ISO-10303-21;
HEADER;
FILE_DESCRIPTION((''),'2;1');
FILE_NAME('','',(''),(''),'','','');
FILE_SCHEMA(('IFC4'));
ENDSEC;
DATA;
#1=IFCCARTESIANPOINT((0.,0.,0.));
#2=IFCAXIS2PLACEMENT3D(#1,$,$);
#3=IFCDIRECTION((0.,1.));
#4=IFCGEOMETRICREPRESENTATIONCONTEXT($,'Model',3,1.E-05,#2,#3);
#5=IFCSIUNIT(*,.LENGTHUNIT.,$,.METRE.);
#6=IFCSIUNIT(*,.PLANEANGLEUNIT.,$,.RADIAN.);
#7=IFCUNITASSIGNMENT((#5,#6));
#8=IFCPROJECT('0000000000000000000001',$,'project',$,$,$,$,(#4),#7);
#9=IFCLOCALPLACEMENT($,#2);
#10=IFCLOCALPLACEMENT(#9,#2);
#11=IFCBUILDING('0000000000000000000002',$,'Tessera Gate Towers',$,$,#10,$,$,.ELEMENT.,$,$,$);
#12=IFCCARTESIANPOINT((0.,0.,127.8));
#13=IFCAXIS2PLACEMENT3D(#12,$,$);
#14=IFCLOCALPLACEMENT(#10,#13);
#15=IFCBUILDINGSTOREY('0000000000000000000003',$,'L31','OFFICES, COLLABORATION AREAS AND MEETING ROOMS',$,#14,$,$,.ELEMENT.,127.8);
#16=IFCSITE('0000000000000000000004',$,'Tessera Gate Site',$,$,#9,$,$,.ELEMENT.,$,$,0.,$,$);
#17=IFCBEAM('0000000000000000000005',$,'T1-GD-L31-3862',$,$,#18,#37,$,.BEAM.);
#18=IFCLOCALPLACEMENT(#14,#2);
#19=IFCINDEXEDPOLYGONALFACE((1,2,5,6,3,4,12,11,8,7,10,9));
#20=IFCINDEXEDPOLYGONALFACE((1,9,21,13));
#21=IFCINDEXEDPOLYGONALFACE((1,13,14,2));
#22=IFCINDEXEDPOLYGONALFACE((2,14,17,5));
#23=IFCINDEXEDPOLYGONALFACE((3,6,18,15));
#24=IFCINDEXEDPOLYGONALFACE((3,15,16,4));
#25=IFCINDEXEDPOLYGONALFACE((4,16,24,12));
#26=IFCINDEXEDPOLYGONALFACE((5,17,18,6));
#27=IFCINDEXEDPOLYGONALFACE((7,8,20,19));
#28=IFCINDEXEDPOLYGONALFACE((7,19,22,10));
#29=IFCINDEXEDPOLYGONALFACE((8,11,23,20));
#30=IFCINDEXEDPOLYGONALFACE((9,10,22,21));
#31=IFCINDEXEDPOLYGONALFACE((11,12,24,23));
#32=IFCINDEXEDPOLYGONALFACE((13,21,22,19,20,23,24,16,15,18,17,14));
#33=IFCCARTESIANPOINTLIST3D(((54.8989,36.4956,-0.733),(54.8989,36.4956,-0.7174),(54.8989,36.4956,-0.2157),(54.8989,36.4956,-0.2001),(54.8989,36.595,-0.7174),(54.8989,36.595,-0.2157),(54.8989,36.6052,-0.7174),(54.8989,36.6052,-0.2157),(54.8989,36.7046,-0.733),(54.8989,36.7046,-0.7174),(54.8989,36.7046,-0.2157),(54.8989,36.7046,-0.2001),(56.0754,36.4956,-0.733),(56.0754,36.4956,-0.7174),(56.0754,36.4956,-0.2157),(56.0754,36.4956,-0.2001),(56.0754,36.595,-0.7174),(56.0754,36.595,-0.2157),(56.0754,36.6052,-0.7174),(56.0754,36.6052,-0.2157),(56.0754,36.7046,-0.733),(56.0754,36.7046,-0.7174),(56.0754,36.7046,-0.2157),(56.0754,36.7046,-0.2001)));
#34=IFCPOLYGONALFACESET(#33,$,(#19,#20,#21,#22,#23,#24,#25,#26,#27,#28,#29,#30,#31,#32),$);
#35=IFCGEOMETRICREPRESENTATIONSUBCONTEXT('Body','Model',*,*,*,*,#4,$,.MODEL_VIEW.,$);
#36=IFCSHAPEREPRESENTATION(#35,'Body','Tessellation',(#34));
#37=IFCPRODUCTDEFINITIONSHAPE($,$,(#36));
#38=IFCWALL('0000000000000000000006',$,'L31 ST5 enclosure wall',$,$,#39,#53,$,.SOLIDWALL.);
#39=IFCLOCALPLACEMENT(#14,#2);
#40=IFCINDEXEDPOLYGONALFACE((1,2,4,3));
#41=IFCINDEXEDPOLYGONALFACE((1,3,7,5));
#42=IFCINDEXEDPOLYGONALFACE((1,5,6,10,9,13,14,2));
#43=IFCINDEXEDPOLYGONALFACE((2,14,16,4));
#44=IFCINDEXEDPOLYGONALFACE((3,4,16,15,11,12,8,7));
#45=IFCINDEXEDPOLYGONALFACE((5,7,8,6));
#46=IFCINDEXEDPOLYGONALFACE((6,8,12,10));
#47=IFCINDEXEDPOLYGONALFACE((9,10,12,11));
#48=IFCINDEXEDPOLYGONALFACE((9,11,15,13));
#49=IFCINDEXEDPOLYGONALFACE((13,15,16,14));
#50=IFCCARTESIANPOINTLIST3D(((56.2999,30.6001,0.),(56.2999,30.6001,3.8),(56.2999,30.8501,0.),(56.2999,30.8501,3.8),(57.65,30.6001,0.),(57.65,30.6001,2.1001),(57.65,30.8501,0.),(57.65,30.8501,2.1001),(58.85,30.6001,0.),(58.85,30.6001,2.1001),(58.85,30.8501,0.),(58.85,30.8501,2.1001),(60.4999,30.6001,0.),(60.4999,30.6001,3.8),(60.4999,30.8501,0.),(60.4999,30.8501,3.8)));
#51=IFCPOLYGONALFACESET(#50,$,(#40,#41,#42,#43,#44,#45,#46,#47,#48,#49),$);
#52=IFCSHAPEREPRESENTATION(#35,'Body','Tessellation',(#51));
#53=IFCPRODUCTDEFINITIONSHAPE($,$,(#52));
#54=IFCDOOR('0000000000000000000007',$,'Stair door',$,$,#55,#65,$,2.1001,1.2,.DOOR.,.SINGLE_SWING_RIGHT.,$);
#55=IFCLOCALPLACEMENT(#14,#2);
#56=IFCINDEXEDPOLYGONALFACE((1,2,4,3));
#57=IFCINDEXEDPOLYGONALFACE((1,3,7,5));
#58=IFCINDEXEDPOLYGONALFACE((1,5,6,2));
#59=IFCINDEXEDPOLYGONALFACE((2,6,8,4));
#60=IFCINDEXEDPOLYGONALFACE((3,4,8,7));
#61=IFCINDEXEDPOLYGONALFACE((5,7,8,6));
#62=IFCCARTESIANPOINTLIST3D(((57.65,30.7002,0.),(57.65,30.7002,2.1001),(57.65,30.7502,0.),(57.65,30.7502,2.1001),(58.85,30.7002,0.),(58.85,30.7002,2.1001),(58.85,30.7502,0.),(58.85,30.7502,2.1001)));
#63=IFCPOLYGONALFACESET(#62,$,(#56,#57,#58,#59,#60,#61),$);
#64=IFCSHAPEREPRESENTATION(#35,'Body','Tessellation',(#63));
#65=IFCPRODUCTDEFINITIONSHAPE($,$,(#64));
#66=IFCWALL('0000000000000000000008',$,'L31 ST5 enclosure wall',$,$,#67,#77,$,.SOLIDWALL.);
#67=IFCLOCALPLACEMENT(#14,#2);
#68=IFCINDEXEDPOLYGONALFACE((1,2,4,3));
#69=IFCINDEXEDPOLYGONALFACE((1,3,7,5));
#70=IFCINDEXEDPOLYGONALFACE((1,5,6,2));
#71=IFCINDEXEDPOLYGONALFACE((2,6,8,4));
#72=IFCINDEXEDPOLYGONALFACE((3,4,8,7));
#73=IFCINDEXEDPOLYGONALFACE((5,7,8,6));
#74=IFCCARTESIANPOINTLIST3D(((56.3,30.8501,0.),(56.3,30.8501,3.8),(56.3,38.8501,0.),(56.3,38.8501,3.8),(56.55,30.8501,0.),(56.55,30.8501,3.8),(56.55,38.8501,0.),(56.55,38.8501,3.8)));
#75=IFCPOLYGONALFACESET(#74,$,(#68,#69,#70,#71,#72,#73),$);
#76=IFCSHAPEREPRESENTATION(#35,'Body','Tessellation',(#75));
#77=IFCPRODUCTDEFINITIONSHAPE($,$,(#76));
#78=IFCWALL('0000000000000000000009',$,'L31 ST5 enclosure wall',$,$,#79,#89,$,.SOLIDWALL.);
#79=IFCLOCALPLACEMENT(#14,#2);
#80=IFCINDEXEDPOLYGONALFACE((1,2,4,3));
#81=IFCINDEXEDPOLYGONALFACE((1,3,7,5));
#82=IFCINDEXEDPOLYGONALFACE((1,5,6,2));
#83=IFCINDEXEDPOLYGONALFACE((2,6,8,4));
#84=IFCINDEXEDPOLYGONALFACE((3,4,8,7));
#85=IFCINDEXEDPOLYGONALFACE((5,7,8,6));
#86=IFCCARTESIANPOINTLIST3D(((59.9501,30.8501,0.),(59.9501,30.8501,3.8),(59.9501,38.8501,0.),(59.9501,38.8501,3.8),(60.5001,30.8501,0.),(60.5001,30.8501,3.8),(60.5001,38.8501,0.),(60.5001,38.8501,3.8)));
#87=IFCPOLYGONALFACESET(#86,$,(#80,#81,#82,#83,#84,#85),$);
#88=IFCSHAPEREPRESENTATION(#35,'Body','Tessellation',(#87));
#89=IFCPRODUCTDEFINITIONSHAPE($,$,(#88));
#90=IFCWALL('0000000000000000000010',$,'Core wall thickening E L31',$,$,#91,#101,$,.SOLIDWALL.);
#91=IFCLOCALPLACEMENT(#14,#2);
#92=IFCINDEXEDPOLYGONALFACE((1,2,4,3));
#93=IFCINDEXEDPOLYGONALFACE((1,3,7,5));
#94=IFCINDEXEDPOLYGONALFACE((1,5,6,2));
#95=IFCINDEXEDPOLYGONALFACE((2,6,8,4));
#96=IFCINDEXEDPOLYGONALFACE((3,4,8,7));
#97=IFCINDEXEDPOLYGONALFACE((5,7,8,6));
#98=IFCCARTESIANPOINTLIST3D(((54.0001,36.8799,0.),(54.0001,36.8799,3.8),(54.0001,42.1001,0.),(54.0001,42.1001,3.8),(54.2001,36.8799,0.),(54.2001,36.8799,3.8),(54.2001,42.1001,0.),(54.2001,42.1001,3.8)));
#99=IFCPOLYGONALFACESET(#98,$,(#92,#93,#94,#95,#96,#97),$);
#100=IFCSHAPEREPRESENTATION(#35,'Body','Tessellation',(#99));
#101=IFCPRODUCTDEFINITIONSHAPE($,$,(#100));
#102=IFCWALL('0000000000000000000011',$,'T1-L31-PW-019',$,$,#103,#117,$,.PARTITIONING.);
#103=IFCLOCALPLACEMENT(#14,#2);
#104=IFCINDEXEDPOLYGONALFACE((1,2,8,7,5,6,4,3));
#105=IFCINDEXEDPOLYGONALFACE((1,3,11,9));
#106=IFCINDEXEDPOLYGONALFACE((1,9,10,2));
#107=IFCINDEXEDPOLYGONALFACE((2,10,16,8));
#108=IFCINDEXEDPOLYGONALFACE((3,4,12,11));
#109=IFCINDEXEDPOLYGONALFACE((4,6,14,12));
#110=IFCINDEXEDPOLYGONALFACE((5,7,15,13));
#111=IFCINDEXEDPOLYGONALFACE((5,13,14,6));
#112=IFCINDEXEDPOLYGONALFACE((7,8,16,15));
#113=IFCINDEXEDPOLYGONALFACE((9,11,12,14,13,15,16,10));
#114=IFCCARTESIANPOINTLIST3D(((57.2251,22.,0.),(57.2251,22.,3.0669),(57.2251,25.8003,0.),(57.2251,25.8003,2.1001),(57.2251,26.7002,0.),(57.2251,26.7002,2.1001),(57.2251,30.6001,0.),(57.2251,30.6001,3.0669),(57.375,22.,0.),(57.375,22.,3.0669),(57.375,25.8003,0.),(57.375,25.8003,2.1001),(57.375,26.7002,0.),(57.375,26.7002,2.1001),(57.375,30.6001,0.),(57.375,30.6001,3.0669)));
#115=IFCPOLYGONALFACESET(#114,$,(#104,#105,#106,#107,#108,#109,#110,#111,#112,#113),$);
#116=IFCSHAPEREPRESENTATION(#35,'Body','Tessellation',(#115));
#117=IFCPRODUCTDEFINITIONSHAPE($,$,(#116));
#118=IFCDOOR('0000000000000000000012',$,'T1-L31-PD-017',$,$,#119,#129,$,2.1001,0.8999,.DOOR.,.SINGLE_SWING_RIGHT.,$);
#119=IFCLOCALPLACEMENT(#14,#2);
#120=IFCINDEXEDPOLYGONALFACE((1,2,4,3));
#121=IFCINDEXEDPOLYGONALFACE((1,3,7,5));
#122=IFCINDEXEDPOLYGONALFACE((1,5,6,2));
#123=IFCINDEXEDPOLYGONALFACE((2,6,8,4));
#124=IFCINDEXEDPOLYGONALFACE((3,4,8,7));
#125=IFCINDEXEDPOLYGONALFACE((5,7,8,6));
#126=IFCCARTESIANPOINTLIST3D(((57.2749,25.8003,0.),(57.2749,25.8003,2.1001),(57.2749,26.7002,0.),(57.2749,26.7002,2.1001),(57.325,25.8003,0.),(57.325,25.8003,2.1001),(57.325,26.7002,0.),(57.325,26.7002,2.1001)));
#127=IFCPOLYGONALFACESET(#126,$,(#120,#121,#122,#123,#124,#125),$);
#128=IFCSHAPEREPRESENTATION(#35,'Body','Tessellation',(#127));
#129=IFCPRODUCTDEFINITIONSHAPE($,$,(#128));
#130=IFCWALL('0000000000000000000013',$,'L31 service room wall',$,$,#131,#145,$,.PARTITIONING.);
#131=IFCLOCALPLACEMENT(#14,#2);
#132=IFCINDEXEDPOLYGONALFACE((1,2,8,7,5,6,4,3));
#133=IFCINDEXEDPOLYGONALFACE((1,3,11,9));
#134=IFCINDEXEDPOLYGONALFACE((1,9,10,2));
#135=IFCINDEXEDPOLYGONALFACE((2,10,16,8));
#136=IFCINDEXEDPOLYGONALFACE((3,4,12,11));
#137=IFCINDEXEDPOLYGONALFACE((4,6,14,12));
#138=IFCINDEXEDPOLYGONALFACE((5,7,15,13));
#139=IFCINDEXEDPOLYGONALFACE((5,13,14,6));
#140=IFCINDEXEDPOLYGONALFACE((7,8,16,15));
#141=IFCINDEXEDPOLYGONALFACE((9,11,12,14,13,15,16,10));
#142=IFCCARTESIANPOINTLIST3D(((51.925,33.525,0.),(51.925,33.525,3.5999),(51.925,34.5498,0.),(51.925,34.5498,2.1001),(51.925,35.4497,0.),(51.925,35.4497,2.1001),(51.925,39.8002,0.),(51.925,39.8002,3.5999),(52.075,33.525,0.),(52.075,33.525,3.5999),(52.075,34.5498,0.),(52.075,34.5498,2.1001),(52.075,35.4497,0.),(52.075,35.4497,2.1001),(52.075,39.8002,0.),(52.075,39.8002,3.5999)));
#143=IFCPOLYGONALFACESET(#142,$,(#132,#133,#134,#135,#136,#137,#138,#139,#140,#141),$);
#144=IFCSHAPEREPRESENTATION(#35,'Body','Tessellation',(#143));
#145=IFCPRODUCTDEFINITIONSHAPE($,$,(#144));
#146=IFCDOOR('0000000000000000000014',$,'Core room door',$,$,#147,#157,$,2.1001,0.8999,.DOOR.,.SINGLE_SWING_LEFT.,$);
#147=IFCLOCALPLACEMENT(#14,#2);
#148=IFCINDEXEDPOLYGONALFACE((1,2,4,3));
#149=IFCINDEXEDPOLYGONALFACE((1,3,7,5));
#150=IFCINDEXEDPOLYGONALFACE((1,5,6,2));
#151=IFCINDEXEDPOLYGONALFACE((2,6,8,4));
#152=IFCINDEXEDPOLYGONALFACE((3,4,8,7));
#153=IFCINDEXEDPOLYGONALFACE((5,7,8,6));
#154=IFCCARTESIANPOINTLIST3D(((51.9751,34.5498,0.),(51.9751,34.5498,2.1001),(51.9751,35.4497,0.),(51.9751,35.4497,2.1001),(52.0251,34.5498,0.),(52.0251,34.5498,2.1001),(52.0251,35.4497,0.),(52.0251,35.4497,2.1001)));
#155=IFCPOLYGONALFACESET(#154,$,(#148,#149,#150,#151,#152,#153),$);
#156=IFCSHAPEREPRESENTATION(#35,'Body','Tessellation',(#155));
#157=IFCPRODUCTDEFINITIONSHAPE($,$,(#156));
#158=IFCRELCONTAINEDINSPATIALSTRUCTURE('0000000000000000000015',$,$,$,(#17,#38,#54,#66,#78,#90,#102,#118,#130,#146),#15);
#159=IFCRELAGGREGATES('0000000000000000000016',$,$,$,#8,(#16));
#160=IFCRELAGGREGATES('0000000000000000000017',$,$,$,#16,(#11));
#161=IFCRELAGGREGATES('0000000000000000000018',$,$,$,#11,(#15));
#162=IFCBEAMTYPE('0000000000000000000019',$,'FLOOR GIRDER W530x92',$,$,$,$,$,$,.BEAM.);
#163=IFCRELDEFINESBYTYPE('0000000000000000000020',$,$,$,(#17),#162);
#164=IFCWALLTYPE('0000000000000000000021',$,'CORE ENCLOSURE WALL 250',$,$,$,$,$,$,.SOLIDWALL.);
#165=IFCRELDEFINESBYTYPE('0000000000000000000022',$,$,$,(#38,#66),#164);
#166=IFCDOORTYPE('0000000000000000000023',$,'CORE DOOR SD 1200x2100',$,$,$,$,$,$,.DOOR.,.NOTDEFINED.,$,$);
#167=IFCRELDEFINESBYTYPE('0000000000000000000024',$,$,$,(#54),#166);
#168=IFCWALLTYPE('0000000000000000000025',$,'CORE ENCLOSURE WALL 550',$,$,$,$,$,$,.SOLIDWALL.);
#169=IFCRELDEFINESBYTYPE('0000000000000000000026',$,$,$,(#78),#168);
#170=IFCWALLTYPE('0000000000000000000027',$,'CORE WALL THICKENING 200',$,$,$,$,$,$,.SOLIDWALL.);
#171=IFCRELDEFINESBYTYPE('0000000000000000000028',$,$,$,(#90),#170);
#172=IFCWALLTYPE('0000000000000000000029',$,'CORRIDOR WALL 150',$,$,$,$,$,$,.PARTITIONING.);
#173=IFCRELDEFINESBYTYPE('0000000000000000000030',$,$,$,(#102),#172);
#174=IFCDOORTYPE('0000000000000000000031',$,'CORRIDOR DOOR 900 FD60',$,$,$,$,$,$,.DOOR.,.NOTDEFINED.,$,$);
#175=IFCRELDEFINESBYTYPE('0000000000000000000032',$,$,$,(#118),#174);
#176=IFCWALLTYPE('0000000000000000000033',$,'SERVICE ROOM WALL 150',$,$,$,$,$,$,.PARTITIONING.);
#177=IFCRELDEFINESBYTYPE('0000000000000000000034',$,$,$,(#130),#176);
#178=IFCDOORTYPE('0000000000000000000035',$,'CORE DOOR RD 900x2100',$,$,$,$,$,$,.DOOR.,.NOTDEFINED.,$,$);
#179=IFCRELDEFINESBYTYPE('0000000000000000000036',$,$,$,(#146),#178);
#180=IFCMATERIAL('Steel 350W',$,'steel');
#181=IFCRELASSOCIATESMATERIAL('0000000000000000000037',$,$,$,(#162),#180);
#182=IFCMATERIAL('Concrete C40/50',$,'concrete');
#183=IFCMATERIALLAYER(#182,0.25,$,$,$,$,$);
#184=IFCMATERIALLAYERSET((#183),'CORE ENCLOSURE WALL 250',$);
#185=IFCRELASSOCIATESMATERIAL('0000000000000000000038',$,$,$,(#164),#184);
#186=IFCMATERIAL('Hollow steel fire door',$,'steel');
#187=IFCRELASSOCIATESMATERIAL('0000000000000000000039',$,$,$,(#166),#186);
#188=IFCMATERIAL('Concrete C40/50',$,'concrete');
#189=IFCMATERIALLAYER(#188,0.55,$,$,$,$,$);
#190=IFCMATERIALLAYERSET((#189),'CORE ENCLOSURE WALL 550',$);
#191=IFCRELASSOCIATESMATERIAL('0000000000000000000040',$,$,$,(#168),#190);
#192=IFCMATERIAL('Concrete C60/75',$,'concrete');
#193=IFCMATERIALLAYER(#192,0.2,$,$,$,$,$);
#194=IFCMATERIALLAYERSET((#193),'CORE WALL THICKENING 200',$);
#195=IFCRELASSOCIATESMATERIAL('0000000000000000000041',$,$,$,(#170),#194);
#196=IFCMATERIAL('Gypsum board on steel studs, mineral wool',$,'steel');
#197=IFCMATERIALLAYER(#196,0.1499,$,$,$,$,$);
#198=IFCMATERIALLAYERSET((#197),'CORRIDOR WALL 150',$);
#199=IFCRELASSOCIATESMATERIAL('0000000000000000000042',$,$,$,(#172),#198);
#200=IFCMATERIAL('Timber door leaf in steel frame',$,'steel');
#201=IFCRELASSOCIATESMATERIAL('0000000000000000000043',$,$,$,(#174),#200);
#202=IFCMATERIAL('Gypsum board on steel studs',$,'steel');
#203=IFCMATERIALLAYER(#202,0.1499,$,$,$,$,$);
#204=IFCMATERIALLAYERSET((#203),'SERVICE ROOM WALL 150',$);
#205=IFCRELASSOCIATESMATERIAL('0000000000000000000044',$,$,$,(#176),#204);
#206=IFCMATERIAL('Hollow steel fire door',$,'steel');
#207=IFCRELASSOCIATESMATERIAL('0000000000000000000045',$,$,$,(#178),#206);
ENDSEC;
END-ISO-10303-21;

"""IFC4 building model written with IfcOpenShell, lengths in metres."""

from ifc_helpers import new_model, si_unit, direction, frame, frame_2d, origin, origin_2d, place, context, subcontext, project, spatial, rectangle, i_section, extrude, source, transform, mapped, material, layer, layer_set, material_profile, profile_set, type_object, element, fill, save


model = new_model("IFC4")

# Units and contexts
model_context = context("Model", 3, precision=1e-05, world=origin(), true_north=direction((0.0, 1.0)))
body_context = subcontext(model_context, "Body", "Model", "MODEL_VIEW")
ifc_project = project(units=[si_unit("LENGTHUNIT", "METRE"), si_unit("PLANEANGLEUNIT", "RADIAN")], contexts=[model_context])

# Site, building, storey
site_placement = place(None, origin())
site = spatial("IfcSite", under=ifc_project, at=site_placement, Name="Tessera Gate Site", CompositionType="ELEMENT", RefElevation=0.0)
building_placement = place(site_placement, origin())
building = spatial("IfcBuilding", under=site, at=building_placement, Name="Tessera Gate Towers", CompositionType="ELEMENT")
storey_placement = place(building_placement, frame((0.0, 0.0, 127.8)))
storey = spatial("IfcBuildingStorey", under=building, at=storey_placement, Name="L31", Description="OFFICES, COLLABORATION AREAS AND MEETING ROOMS", CompositionType="ELEMENT", Elevation=127.8)

# Beam
ifc_material_1 = material(Name="Steel 350W", Category="steel")
ifc_material_profile = material_profile(ifc_material_1, i_section(OverallWidth=0.209, OverallDepth=0.533, WebThickness=0.0103, FlangeThickness=0.0156, at=origin_2d()), Name="W530x92")
ifc_profile_set = profile_set([ifc_material_profile], Name="Steel 350W")
beam_type = type_object("IfcBeamType", Name="FLOOR GIRDER W530x92", PredefinedType="BEAM", material=ifc_profile_set)
beam_placement = place(storey_placement, frame((54.8989, 36.6001, -0.4666), z_axis=(1.0, 0.0, 0.0), x_axis=(0.0, 1.0, 0.0)))
element("IfcBeam", 1, at=beam_placement, inside=storey, type_object=beam_type, Name="T1-GD-L31-3862", PredefinedType="BEAM", context=body_context, shape_type="SweptSolid", body=[
    extrude(i_section(OverallWidth=0.209, OverallDepth=0.533, WebThickness=0.0103, FlangeThickness=0.0156, at=origin_2d()), origin(), (0.0, 0.0, 1.0), 1.1765),
])

# Wall, opening, door
ifc_material_2 = material(Name="Concrete C40/50", Category="concrete")
ifc_layer_1 = layer(ifc_material_2, 0.25)
ifc_layer_set_1 = layer_set([ifc_layer_1], Name="CORE ENCLOSURE WALL 250")
wall_type_1 = type_object("IfcWallType", Name="CORE ENCLOSURE WALL 250", PredefinedType="SOLIDWALL", material=ifc_layer_set_1)
wall_1_placement = place(storey_placement, frame((60.5, 30.7251, 0.0), z_axis=(0.0, 0.0, 1.0), x_axis=(-1.0, 0.0, 0.0)))
wall_1 = element("IfcWall", 2, at=wall_1_placement, inside=storey, type_object=wall_type_1, Name="L31 ST5 enclosure wall", PredefinedType="SOLIDWALL", context=body_context, shape_type="SweptSolid", body=[
    extrude(rectangle(XDim=4.2, YDim=0.25, at=frame_2d((2.1001, 0.0))), origin(), (0.0, 0.0, 1.0), 3.8),
])
shared_shape_1 = source(origin(), body_context, "Body", "SweptSolid", [
    extrude(rectangle(XDim=1.2, YDim=2.1001, at=frame_2d((0.6001, 1.05))), frame((0.0, 0.135, 0.0), z_axis=(0.0, -1.0, 0.0), x_axis=(1.0, 0.0, 0.0)), (0.0, 0.0, 1.0), 0.27),
])
opening_1_placement = place(wall_1_placement, frame((1.6499, 0.0, 0.0)))
opening_1 = element("IfcOpeningElement", 3, at=opening_1_placement, cuts=wall_1, PredefinedType="OPENING", context=body_context, shape_type="MappedRepresentation", body=[
    mapped(shared_shape_1, transform((0.0, 0.0, 0.0), scale=1.0)),
])
ifc_material_3 = material(Name="Hollow steel fire door", Category="steel")
door_type_1 = type_object("IfcDoorType", Name="CORE DOOR SD 1200x2100", OperationType="NOTDEFINED", PredefinedType="DOOR", material=ifc_material_3)
shared_shape_2 = source(origin(), body_context, "Body", "SweptSolid", [
    extrude(rectangle(XDim=1.2, YDim=2.1001, at=frame_2d((0.6001, 1.05))), frame((0.0, 0.0249, 0.0), z_axis=(0.0, -1.0, 0.0), x_axis=(1.0, 0.0, 0.0)), (0.0, 0.0, 1.0), 0.05),
])
door_1_placement = place(opening_1_placement, origin())
door_1 = element("IfcDoor", 4, at=door_1_placement, inside=storey, type_object=door_type_1, Name="Stair door", OperationType="SINGLE_SWING_RIGHT", OverallHeight=2.1001, OverallWidth=1.2, PredefinedType="DOOR", context=body_context, shape_type="MappedRepresentation", body=[
    mapped(shared_shape_2, transform((0.0, 0.0, 0.0), scale=1.0)),
])
fill(opening_1, door_1)

# Walls
wall_2_placement = place(storey_placement, frame((56.425, 30.8501, 0.0), z_axis=(0.0, 0.0, 1.0), x_axis=(0.0, 1.0, 0.0)))
element("IfcWall", 5, at=wall_2_placement, inside=storey, type_object=wall_type_1, Name="L31 ST5 enclosure wall", PredefinedType="SOLIDWALL", context=body_context, shape_type="SweptSolid", body=[
    extrude(rectangle(XDim=8.0, YDim=0.25, at=frame_2d((4.0, 0.0))), origin(), (0.0, 0.0, 1.0), 3.8),
])
ifc_material_4 = material(Name="Concrete C40/50", Category="concrete")
ifc_layer_2 = layer(ifc_material_4, 0.55)
ifc_layer_set_2 = layer_set([ifc_layer_2], Name="CORE ENCLOSURE WALL 550")
wall_type_2 = type_object("IfcWallType", Name="CORE ENCLOSURE WALL 550", PredefinedType="SOLIDWALL", material=ifc_layer_set_2)
wall_3_placement = place(storey_placement, frame((60.2251, 38.8501, 0.0), z_axis=(0.0, 0.0, 1.0), x_axis=(0.0, -1.0, 0.0)))
element("IfcWall", 6, at=wall_3_placement, inside=storey, type_object=wall_type_2, Name="L31 ST5 enclosure wall", PredefinedType="SOLIDWALL", context=body_context, shape_type="SweptSolid", body=[
    extrude(rectangle(XDim=8.0, YDim=0.55, at=frame_2d((4.0, 0.0))), origin(), (0.0, 0.0, 1.0), 3.8),
])
ifc_material_5 = material(Name="Concrete C60/75", Category="concrete")
ifc_layer_3 = layer(ifc_material_5, 0.2)
ifc_layer_set_3 = layer_set([ifc_layer_3], Name="CORE WALL THICKENING 200")
wall_type_3 = type_object("IfcWallType", Name="CORE WALL THICKENING 200", PredefinedType="SOLIDWALL", material=ifc_layer_set_3)
wall_4_placement = place(storey_placement, frame((54.1001, 36.8799, 0.0), z_axis=(0.0, 0.0, 1.0), x_axis=(0.0, 1.0, 0.0)))
element("IfcWall", 7, at=wall_4_placement, inside=storey, type_object=wall_type_3, Name="Core wall thickening E L31", PredefinedType="SOLIDWALL", context=body_context, shape_type="SweptSolid", body=[
    extrude(rectangle(XDim=5.2202, YDim=0.2, at=frame_2d((2.6101, 0.0))), origin(), (0.0, 0.0, 1.0), 3.8),
])

# Walls, openings, doors
ifc_material_6 = material(Name="Gypsum board on steel studs, mineral wool", Category="steel")
ifc_layer_4 = layer(ifc_material_6, 0.1499)
ifc_layer_set_4 = layer_set([ifc_layer_4], Name="CORRIDOR WALL 150")
wall_type_4 = type_object("IfcWallType", Name="CORRIDOR WALL 150", PredefinedType="PARTITIONING", material=ifc_layer_set_4)
wall_5_placement = place(storey_placement, frame((57.3, 30.6001, 0.0), z_axis=(0.0, 0.0, 1.0), x_axis=(0.0, -1.0, 0.0)))
wall_5 = element("IfcWall", 8, at=wall_5_placement, inside=storey, type_object=wall_type_4, Name="T1-L31-PW-019", PredefinedType="PARTITIONING", context=body_context, shape_type="SweptSolid", body=[
    extrude(rectangle(XDim=8.6001, YDim=0.1499, at=frame_2d((4.3, 0.0))), origin(), (0.0, 0.0, 1.0), 3.0669),
])
shared_shape_3 = source(origin(), body_context, "Body", "SweptSolid", [
    extrude(rectangle(XDim=0.8999, YDim=2.1001, at=frame_2d((0.45, 1.05))), frame((0.0, 0.085, 0.0), z_axis=(0.0, -1.0, 0.0), x_axis=(1.0, 0.0, 0.0)), (0.0, 0.0, 1.0), 0.1699),
])
opening_2_placement = place(wall_5_placement, frame((3.8999, 0.0, 0.0)))
opening_2 = element("IfcOpeningElement", 9, at=opening_2_placement, cuts=wall_5, PredefinedType="OPENING", context=body_context, shape_type="MappedRepresentation", body=[
    mapped(shared_shape_3, transform((0.0, 0.0, 0.0), scale=1.0)),
])
ifc_material_7 = material(Name="Timber door leaf in steel frame", Category="steel")
door_type_2 = type_object("IfcDoorType", Name="CORRIDOR DOOR 900 FD60", OperationType="NOTDEFINED", PredefinedType="DOOR", material=ifc_material_7)
shared_shape_4 = source(origin(), body_context, "Body", "SweptSolid", [
    extrude(rectangle(XDim=0.8999, YDim=2.1001, at=frame_2d((0.45, 1.05))), frame((0.0, 0.0249, 0.0), z_axis=(0.0, -1.0, 0.0), x_axis=(1.0, 0.0, 0.0)), (0.0, 0.0, 1.0), 0.05),
])
door_2_placement = place(opening_2_placement, origin())
door_2 = element("IfcDoor", 10, at=door_2_placement, inside=storey, type_object=door_type_2, Name="T1-L31-PD-017", OperationType="SINGLE_SWING_RIGHT", OverallHeight=2.1001, OverallWidth=0.8999, PredefinedType="DOOR", context=body_context, shape_type="MappedRepresentation", body=[
    mapped(shared_shape_4, transform((0.0, 0.0, 0.0), scale=1.0)),
])
fill(opening_2, door_2)
ifc_material_8 = material(Name="Gypsum board on steel studs", Category="steel")
ifc_layer_5 = layer(ifc_material_8, 0.1499)
ifc_layer_set_5 = layer_set([ifc_layer_5], Name="SERVICE ROOM WALL 150")
wall_type_5 = type_object("IfcWallType", Name="SERVICE ROOM WALL 150", PredefinedType="PARTITIONING", material=ifc_layer_set_5)
wall_6_placement = place(storey_placement, frame((52.0, 33.5249, 0.0), z_axis=(0.0, 0.0, 1.0), x_axis=(0.0, 1.0, 0.0)))
wall_6 = element("IfcWall", 11, at=wall_6_placement, inside=storey, type_object=wall_type_5, Name="L31 service room wall", PredefinedType="PARTITIONING", context=body_context, shape_type="SweptSolid", body=[
    extrude(rectangle(XDim=6.2751, YDim=0.1499, at=frame_2d((3.1377, 0.0))), origin(), (0.0, 0.0, 1.0), 3.5999),
])
opening_3_placement = place(wall_6_placement, frame((1.0249, 0.0, 0.0)))
opening_3 = element("IfcOpeningElement", 12, at=opening_3_placement, cuts=wall_6, PredefinedType="OPENING", context=body_context, shape_type="MappedRepresentation", body=[
    mapped(shared_shape_3, transform((0.0, 0.0, 0.0), scale=1.0)),
])
ifc_material_9 = material(Name="Hollow steel fire door", Category="steel")
door_type_3 = type_object("IfcDoorType", Name="CORE DOOR RD 900x2100", OperationType="NOTDEFINED", PredefinedType="DOOR", material=ifc_material_9)
door_3_placement = place(opening_3_placement, origin())
door_3 = element("IfcDoor", 13, at=door_3_placement, inside=storey, type_object=door_type_3, Name="Core room door", OperationType="SINGLE_SWING_LEFT", OverallHeight=2.1001, OverallWidth=0.8999, PredefinedType="DOOR", context=body_context, shape_type="MappedRepresentation", body=[
    mapped(shared_shape_4, transform((0.0, 0.0, 0.0), scale=1.0)),
])
fill(opening_3, door_3)

save(model, "model.ifc")
